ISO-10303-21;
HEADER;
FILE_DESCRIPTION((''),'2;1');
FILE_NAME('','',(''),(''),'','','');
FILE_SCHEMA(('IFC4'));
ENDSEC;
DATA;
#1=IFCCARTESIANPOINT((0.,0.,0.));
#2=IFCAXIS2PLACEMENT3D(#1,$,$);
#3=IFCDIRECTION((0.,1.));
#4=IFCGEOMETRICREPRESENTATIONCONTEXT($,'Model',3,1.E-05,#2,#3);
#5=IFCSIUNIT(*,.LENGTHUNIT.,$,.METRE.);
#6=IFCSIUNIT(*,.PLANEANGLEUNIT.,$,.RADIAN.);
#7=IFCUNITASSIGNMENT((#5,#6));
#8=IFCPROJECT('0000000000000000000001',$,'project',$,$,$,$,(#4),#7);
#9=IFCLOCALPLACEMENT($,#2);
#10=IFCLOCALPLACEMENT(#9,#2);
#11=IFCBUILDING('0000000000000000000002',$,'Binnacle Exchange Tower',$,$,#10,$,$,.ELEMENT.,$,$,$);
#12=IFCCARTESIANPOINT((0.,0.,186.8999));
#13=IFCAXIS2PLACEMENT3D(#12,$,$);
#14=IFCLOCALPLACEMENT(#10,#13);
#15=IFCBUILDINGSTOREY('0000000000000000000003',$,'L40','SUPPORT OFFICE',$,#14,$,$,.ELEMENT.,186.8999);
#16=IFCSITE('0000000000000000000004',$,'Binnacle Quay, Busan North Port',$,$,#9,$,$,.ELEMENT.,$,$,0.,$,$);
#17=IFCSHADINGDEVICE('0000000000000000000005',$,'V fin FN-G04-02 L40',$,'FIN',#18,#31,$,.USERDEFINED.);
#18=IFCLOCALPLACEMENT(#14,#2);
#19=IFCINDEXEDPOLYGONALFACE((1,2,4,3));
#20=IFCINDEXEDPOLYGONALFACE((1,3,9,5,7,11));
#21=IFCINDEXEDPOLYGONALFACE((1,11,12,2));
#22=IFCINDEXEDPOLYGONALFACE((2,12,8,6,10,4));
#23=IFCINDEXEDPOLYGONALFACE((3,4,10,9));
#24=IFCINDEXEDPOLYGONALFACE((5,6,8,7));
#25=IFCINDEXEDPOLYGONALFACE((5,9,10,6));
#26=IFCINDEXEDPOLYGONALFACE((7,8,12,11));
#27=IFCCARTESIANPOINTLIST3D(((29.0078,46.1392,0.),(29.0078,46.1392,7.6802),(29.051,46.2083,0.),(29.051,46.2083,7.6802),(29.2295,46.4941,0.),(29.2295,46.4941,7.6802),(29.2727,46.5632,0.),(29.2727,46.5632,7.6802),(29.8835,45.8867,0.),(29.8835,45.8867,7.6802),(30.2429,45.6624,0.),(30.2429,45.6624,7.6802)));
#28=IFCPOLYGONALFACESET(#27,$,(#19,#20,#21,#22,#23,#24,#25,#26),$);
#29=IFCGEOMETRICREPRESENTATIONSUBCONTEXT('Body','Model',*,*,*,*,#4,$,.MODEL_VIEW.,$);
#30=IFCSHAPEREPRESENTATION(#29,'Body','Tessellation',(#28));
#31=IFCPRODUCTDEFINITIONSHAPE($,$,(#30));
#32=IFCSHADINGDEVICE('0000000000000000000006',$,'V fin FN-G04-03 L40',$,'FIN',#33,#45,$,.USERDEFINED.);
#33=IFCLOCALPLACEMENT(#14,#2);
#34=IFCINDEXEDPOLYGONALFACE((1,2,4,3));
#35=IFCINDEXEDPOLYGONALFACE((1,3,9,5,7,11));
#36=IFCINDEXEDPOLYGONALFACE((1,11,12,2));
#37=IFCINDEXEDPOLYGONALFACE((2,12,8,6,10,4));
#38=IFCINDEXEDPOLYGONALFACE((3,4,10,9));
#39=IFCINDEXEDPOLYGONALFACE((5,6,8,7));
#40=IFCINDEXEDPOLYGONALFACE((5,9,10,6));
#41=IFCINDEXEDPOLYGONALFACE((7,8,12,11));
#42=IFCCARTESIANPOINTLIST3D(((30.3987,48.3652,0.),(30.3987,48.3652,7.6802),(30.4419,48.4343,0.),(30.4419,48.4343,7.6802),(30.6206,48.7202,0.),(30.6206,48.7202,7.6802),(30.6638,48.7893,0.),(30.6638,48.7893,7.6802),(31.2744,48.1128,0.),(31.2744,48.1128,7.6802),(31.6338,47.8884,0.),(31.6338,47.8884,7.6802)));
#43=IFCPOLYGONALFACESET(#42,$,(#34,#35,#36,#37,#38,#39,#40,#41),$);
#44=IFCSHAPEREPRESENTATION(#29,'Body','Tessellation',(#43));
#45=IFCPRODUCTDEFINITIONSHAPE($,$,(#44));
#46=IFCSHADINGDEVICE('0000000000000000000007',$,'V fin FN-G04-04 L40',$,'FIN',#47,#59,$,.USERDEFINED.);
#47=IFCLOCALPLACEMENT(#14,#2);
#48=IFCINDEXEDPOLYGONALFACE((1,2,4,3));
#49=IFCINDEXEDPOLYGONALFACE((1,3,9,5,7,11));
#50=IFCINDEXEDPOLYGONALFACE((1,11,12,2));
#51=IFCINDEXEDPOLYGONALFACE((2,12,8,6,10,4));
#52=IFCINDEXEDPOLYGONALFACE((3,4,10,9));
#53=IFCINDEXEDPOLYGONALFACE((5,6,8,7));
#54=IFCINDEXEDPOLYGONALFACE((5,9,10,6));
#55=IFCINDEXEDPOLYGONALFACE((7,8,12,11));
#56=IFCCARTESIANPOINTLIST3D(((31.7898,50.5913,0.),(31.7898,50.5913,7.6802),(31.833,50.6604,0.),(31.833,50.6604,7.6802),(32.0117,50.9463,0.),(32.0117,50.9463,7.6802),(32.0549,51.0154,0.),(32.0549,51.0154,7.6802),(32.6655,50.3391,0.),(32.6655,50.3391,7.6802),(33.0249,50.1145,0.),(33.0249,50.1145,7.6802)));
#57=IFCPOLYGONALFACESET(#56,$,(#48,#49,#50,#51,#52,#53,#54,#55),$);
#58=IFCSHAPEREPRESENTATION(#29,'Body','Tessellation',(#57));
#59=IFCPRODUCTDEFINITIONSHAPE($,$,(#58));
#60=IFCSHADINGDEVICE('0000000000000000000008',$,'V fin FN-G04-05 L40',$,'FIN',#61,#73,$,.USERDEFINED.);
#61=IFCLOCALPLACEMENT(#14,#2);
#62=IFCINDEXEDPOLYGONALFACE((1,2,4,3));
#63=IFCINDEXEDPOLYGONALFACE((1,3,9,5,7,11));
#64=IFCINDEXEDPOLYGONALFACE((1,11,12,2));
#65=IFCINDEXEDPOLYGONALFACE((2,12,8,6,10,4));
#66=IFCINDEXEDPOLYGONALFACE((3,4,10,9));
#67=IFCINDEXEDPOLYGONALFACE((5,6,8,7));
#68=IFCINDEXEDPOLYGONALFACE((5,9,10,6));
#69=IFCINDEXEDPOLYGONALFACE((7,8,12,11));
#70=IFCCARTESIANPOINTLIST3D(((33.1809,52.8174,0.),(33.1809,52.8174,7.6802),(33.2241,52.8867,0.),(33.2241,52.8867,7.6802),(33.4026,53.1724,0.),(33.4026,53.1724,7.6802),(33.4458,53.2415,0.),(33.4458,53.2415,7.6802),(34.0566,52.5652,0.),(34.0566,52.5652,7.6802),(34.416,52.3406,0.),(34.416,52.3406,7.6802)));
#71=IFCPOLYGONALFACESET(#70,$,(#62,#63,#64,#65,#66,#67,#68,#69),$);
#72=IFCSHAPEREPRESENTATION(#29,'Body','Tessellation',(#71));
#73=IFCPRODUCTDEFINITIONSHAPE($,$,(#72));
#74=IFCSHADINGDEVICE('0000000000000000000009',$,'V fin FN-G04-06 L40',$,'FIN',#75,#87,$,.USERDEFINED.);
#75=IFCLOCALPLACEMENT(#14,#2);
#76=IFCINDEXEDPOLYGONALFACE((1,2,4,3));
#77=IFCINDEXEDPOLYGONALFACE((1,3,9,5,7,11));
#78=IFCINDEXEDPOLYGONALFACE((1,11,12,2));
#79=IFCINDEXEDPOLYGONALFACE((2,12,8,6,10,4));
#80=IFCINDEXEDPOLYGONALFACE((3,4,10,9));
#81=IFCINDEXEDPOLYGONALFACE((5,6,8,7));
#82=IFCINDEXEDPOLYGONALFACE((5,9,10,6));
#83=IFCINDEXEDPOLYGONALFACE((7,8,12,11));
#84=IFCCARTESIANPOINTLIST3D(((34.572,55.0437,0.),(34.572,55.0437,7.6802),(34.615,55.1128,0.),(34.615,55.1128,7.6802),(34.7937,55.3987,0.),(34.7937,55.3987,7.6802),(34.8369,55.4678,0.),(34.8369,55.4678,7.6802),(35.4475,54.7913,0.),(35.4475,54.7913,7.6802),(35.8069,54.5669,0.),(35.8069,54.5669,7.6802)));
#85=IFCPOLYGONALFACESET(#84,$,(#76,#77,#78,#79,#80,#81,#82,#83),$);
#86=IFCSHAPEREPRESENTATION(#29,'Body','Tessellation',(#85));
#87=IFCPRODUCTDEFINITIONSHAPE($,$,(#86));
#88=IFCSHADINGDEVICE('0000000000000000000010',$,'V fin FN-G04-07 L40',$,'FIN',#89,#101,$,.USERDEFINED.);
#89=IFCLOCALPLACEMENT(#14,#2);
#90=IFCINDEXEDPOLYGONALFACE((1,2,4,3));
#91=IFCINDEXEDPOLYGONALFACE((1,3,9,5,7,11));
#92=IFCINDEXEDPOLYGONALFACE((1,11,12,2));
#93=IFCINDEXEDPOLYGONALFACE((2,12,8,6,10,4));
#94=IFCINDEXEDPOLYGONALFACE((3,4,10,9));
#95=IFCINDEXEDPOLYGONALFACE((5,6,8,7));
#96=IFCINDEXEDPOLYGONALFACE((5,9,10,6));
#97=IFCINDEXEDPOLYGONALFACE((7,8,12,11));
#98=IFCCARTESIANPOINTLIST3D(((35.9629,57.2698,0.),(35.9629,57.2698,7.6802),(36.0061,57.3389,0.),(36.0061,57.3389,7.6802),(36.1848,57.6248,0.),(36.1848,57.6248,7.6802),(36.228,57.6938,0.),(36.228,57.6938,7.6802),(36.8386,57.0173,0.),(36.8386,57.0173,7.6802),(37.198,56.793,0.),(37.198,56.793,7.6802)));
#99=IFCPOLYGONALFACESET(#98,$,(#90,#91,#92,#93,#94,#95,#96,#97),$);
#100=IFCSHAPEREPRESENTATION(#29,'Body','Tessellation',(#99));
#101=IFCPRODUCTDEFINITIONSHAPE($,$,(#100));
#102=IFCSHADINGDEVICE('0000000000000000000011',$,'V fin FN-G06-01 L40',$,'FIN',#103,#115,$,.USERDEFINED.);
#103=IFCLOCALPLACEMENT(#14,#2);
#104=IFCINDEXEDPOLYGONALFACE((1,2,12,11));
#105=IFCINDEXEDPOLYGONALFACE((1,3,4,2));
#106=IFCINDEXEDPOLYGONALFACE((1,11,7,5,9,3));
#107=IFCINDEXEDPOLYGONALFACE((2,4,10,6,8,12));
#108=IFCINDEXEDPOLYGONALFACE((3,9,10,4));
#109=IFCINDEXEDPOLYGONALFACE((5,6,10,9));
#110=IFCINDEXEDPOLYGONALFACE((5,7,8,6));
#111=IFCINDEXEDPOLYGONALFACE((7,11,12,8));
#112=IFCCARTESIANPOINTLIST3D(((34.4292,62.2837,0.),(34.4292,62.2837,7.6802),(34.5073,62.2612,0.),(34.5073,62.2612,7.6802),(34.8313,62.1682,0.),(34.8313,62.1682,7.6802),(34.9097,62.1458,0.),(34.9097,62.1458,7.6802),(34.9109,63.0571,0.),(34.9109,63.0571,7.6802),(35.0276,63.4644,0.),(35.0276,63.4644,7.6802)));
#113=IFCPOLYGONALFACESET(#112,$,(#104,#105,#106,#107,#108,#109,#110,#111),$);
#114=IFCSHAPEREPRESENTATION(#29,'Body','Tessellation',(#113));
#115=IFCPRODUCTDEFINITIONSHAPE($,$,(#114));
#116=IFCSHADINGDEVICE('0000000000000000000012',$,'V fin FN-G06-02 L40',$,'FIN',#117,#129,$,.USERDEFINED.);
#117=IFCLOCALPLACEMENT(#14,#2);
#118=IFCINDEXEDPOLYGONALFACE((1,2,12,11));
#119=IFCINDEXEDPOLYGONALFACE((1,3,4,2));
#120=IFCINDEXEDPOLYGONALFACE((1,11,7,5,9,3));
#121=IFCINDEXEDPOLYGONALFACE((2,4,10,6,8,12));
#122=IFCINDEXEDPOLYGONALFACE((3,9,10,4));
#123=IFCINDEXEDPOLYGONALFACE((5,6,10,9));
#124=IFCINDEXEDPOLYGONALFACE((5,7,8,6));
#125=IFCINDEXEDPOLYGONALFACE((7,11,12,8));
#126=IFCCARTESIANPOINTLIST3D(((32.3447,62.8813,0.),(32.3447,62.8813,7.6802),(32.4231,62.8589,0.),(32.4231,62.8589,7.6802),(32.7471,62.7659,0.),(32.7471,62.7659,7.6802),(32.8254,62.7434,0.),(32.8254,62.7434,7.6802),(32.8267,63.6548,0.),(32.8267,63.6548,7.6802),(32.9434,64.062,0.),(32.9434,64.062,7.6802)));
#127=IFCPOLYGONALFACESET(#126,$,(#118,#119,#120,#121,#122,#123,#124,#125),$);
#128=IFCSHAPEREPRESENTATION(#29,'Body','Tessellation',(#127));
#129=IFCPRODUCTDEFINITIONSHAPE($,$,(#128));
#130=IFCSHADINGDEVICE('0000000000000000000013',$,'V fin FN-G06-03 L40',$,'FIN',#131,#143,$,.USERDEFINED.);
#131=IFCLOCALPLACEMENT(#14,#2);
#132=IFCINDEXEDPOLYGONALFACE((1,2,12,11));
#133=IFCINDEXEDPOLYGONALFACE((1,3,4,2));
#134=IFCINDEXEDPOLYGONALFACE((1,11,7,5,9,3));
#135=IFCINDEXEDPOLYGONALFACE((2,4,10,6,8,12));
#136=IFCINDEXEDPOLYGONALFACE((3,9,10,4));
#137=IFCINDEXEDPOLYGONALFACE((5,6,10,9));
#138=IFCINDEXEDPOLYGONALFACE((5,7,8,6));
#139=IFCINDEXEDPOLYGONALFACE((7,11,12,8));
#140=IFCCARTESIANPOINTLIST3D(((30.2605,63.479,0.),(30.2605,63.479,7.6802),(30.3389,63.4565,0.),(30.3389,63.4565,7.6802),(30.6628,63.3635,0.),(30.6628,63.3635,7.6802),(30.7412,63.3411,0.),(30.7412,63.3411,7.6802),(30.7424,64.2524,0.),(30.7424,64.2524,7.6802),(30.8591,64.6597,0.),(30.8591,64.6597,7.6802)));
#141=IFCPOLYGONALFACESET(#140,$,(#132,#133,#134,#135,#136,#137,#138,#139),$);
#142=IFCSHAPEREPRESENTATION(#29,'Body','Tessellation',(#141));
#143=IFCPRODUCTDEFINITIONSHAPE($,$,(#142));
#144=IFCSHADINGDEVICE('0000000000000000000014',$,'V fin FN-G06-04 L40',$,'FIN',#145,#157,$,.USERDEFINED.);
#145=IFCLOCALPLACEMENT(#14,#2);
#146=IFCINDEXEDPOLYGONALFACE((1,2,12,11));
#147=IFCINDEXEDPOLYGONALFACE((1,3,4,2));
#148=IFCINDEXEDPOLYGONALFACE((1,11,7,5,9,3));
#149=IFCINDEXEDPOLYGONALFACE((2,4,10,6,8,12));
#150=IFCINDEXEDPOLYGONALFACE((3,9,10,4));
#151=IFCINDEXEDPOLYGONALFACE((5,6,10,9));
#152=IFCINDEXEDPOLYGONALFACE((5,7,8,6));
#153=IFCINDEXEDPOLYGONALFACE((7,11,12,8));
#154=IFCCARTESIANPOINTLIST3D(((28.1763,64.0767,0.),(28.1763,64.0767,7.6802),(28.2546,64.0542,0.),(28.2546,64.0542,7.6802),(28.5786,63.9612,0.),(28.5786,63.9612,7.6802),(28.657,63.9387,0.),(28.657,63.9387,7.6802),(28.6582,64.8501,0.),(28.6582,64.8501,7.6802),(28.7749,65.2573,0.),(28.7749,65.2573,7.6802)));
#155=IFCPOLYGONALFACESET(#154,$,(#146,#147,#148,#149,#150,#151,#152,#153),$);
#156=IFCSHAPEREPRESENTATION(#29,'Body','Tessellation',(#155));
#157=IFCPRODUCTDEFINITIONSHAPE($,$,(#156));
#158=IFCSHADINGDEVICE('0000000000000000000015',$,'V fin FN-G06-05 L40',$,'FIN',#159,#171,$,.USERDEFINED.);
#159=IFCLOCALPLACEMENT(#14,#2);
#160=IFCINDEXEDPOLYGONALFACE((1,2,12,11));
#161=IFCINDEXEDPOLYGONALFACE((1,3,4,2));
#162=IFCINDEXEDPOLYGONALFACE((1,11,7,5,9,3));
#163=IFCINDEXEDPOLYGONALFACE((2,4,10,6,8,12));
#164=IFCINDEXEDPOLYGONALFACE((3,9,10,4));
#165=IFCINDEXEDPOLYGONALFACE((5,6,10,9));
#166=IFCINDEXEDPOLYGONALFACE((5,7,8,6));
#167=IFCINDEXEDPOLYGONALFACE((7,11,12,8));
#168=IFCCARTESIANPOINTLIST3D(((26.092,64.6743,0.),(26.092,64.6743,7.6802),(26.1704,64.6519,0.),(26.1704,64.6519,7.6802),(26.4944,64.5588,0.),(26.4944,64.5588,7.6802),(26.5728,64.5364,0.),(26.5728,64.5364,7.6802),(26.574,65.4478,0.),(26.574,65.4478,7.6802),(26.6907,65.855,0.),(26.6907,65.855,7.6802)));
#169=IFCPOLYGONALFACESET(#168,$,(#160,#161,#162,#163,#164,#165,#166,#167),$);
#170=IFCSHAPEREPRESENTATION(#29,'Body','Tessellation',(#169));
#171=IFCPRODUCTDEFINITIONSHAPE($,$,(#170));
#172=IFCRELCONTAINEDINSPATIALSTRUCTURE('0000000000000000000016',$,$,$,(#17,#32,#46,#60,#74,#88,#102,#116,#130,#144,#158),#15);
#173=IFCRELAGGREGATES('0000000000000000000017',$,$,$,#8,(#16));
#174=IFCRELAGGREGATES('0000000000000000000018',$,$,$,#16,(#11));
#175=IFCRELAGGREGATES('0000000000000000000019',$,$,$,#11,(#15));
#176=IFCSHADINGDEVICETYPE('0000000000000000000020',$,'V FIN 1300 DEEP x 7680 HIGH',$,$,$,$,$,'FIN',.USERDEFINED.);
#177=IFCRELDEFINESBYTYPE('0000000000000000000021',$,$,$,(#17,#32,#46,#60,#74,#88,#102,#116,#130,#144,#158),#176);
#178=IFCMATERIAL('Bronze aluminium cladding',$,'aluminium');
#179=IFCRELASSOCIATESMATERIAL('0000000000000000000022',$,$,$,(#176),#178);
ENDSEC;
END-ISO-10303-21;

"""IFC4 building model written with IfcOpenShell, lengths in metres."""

from ifc_helpers import new_model, si_unit, direction, frame, origin, place, context, subcontext, project, spatial, polyline, outline, extrude, material, type_object, element, save


model = new_model("IFC4")

# Units and contexts
model_context = context("Model", 3, precision=1e-05, world=origin(), true_north=direction((0.0, 1.0)))
body_context = subcontext(model_context, "Body", "Model", "MODEL_VIEW")
ifc_project = project(units=[si_unit("LENGTHUNIT", "METRE"), si_unit("PLANEANGLEUNIT", "RADIAN")], contexts=[model_context])

# Site, building, storey
site_placement = place(None, origin())
site = spatial("IfcSite", under=ifc_project, at=site_placement, Name="Binnacle Quay, Busan North Port", CompositionType="ELEMENT", RefElevation=0.0)
building_placement = place(site_placement, origin())
building = spatial("IfcBuilding", under=site, at=building_placement, Name="Binnacle Exchange Tower", CompositionType="ELEMENT")
storey_placement = place(building_placement, frame((0.0, 0.0, 186.8999)))
storey = spatial("IfcBuildingStorey", under=building, at=storey_placement, Name="L40", Description="SUPPORT OFFICE", CompositionType="ELEMENT", Elevation=186.8999)

# Shading devices
ifc_material_1 = material(Name="Bronze aluminium cladding", Category="aluminium")
shading_device_type_1 = type_object("IfcShadingDeviceType", Name="V FIN 1300 DEEP x 7680 HIGH", ElementType="FIN", PredefinedType="USERDEFINED", material=ifc_material_1)
shading_device_1_placement = place(storey_placement, origin())
element("IfcShadingDevice", 1, at=shading_device_1_placement, inside=storey, type_object=shading_device_type_1, Name="V fin FN-G04-02 L40", ObjectType="FIN", PredefinedType="USERDEFINED", context=body_context, shape_type="SweptSolid", body=[
    extrude(outline(polyline([(29.0078, 46.1392), (30.2429, 45.6624), (29.2727, 46.5632), (29.2295, 46.4941), (29.8835, 45.8867), (29.051, 46.2083), (29.0078, 46.1392)])), origin(), (0.0, 0.0, 1.0), 7.6802),
])
shading_device_2_placement = place(storey_placement, origin())
element("IfcShadingDevice", 2, at=shading_device_2_placement, inside=storey, type_object=shading_device_type_1, Name="V fin FN-G04-03 L40", ObjectType="FIN", PredefinedType="USERDEFINED", context=body_context, shape_type="SweptSolid", body=[
    extrude(outline(polyline([(30.3987, 48.3652), (31.6338, 47.8884), (30.6638, 48.7893), (30.6206, 48.7202), (31.2744, 48.1128), (30.4419, 48.4343), (30.3987, 48.3652)])), origin(), (0.0, 0.0, 1.0), 7.6802),
])
shading_device_3_placement = place(storey_placement, origin())
element("IfcShadingDevice", 3, at=shading_device_3_placement, inside=storey, type_object=shading_device_type_1, Name="V fin FN-G04-04 L40", ObjectType="FIN", PredefinedType="USERDEFINED", context=body_context, shape_type="SweptSolid", body=[
    extrude(outline(polyline([(31.7898, 50.5913), (33.0249, 50.1145), (32.0549, 51.0154), (32.0117, 50.9463), (32.6655, 50.3391), (31.833, 50.6604), (31.7898, 50.5913)])), origin(), (0.0, 0.0, 1.0), 7.6802),
])
shading_device_4_placement = place(storey_placement, origin())
element("IfcShadingDevice", 4, at=shading_device_4_placement, inside=storey, type_object=shading_device_type_1, Name="V fin FN-G04-05 L40", ObjectType="FIN", PredefinedType="USERDEFINED", context=body_context, shape_type="SweptSolid", body=[
    extrude(outline(polyline([(33.1809, 52.8174), (34.416, 52.3406), (33.4458, 53.2415), (33.4026, 53.1724), (34.0566, 52.5652), (33.2241, 52.8867), (33.1809, 52.8174)])), origin(), (0.0, 0.0, 1.0), 7.6802),
])
shading_device_5_placement = place(storey_placement, origin())
element("IfcShadingDevice", 5, at=shading_device_5_placement, inside=storey, type_object=shading_device_type_1, Name="V fin FN-G04-06 L40", ObjectType="FIN", PredefinedType="USERDEFINED", context=body_context, shape_type="SweptSolid", body=[
    extrude(outline(polyline([(34.572, 55.0437), (35.8069, 54.5669), (34.8369, 55.4678), (34.7937, 55.3987), (35.4475, 54.7913), (34.615, 55.1128), (34.572, 55.0437)])), origin(), (0.0, 0.0, 1.0), 7.6802),
])
shading_device_6_placement = place(storey_placement, origin())
element("IfcShadingDevice", 6, at=shading_device_6_placement, inside=storey, type_object=shading_device_type_1, Name="V fin FN-G04-07 L40", ObjectType="FIN", PredefinedType="USERDEFINED", context=body_context, shape_type="SweptSolid", body=[
    extrude(outline(polyline([(35.9629, 57.2698), (37.198, 56.793), (36.228, 57.6938), (36.1848, 57.6248), (36.8386, 57.0173), (36.0061, 57.3389), (35.9629, 57.2698)])), origin(), (0.0, 0.0, 1.0), 7.6802),
])
shading_device_7_placement = place(storey_placement, origin())
element("IfcShadingDevice", 7, at=shading_device_7_placement, inside=storey, type_object=shading_device_type_1, Name="V fin FN-G06-01 L40", ObjectType="FIN", PredefinedType="USERDEFINED", context=body_context, shape_type="SweptSolid", body=[
    extrude(outline(polyline([(34.9097, 62.1458), (35.0276, 63.4644), (34.4292, 62.2837), (34.5073, 62.2612), (34.9109, 63.0571), (34.8313, 62.1682), (34.9097, 62.1458)])), origin(), (0.0, 0.0, 1.0), 7.6802),
])
shading_device_8_placement = place(storey_placement, origin())
element("IfcShadingDevice", 8, at=shading_device_8_placement, inside=storey, type_object=shading_device_type_1, Name="V fin FN-G06-02 L40", ObjectType="FIN", PredefinedType="USERDEFINED", context=body_context, shape_type="SweptSolid", body=[
    extrude(outline(polyline([(32.8254, 62.7434), (32.9434, 64.062), (32.3447, 62.8813), (32.4231, 62.8589), (32.8267, 63.6548), (32.7471, 62.7659), (32.8254, 62.7434)])), origin(), (0.0, 0.0, 1.0), 7.6802),
])
shading_device_9_placement = place(storey_placement, origin())
element("IfcShadingDevice", 9, at=shading_device_9_placement, inside=storey, type_object=shading_device_type_1, Name="V fin FN-G06-03 L40", ObjectType="FIN", PredefinedType="USERDEFINED", context=body_context, shape_type="SweptSolid", body=[
    extrude(outline(polyline([(30.7412, 63.3411), (30.8591, 64.6597), (30.2605, 63.479), (30.3389, 63.4565), (30.7424, 64.2524), (30.6628, 63.3635), (30.7412, 63.3411)])), origin(), (0.0, 0.0, 1.0), 7.6802),
])
shading_device_10_placement = place(storey_placement, origin())
element("IfcShadingDevice", 10, at=shading_device_10_placement, inside=storey, type_object=shading_device_type_1, Name="V fin FN-G06-04 L40", ObjectType="FIN", PredefinedType="USERDEFINED", context=body_context, shape_type="SweptSolid", body=[
    extrude(outline(polyline([(28.657, 63.9387), (28.7749, 65.2573), (28.1763, 64.0767), (28.2546, 64.0542), (28.6582, 64.8501), (28.5786, 63.9612), (28.657, 63.9387)])), origin(), (0.0, 0.0, 1.0), 7.6802),
])
shading_device_11_placement = place(storey_placement, origin())
element("IfcShadingDevice", 11, at=shading_device_11_placement, inside=storey, type_object=shading_device_type_1, Name="V fin FN-G06-05 L40", ObjectType="FIN", PredefinedType="USERDEFINED", context=body_context, shape_type="SweptSolid", body=[
    extrude(outline(polyline([(26.5728, 64.5364), (26.6907, 65.855), (26.092, 64.6743), (26.1704, 64.6519), (26.574, 65.4478), (26.4944, 64.5588), (26.5728, 64.5364)])), origin(), (0.0, 0.0, 1.0), 7.6802),
])

save(model, "model.ifc")
